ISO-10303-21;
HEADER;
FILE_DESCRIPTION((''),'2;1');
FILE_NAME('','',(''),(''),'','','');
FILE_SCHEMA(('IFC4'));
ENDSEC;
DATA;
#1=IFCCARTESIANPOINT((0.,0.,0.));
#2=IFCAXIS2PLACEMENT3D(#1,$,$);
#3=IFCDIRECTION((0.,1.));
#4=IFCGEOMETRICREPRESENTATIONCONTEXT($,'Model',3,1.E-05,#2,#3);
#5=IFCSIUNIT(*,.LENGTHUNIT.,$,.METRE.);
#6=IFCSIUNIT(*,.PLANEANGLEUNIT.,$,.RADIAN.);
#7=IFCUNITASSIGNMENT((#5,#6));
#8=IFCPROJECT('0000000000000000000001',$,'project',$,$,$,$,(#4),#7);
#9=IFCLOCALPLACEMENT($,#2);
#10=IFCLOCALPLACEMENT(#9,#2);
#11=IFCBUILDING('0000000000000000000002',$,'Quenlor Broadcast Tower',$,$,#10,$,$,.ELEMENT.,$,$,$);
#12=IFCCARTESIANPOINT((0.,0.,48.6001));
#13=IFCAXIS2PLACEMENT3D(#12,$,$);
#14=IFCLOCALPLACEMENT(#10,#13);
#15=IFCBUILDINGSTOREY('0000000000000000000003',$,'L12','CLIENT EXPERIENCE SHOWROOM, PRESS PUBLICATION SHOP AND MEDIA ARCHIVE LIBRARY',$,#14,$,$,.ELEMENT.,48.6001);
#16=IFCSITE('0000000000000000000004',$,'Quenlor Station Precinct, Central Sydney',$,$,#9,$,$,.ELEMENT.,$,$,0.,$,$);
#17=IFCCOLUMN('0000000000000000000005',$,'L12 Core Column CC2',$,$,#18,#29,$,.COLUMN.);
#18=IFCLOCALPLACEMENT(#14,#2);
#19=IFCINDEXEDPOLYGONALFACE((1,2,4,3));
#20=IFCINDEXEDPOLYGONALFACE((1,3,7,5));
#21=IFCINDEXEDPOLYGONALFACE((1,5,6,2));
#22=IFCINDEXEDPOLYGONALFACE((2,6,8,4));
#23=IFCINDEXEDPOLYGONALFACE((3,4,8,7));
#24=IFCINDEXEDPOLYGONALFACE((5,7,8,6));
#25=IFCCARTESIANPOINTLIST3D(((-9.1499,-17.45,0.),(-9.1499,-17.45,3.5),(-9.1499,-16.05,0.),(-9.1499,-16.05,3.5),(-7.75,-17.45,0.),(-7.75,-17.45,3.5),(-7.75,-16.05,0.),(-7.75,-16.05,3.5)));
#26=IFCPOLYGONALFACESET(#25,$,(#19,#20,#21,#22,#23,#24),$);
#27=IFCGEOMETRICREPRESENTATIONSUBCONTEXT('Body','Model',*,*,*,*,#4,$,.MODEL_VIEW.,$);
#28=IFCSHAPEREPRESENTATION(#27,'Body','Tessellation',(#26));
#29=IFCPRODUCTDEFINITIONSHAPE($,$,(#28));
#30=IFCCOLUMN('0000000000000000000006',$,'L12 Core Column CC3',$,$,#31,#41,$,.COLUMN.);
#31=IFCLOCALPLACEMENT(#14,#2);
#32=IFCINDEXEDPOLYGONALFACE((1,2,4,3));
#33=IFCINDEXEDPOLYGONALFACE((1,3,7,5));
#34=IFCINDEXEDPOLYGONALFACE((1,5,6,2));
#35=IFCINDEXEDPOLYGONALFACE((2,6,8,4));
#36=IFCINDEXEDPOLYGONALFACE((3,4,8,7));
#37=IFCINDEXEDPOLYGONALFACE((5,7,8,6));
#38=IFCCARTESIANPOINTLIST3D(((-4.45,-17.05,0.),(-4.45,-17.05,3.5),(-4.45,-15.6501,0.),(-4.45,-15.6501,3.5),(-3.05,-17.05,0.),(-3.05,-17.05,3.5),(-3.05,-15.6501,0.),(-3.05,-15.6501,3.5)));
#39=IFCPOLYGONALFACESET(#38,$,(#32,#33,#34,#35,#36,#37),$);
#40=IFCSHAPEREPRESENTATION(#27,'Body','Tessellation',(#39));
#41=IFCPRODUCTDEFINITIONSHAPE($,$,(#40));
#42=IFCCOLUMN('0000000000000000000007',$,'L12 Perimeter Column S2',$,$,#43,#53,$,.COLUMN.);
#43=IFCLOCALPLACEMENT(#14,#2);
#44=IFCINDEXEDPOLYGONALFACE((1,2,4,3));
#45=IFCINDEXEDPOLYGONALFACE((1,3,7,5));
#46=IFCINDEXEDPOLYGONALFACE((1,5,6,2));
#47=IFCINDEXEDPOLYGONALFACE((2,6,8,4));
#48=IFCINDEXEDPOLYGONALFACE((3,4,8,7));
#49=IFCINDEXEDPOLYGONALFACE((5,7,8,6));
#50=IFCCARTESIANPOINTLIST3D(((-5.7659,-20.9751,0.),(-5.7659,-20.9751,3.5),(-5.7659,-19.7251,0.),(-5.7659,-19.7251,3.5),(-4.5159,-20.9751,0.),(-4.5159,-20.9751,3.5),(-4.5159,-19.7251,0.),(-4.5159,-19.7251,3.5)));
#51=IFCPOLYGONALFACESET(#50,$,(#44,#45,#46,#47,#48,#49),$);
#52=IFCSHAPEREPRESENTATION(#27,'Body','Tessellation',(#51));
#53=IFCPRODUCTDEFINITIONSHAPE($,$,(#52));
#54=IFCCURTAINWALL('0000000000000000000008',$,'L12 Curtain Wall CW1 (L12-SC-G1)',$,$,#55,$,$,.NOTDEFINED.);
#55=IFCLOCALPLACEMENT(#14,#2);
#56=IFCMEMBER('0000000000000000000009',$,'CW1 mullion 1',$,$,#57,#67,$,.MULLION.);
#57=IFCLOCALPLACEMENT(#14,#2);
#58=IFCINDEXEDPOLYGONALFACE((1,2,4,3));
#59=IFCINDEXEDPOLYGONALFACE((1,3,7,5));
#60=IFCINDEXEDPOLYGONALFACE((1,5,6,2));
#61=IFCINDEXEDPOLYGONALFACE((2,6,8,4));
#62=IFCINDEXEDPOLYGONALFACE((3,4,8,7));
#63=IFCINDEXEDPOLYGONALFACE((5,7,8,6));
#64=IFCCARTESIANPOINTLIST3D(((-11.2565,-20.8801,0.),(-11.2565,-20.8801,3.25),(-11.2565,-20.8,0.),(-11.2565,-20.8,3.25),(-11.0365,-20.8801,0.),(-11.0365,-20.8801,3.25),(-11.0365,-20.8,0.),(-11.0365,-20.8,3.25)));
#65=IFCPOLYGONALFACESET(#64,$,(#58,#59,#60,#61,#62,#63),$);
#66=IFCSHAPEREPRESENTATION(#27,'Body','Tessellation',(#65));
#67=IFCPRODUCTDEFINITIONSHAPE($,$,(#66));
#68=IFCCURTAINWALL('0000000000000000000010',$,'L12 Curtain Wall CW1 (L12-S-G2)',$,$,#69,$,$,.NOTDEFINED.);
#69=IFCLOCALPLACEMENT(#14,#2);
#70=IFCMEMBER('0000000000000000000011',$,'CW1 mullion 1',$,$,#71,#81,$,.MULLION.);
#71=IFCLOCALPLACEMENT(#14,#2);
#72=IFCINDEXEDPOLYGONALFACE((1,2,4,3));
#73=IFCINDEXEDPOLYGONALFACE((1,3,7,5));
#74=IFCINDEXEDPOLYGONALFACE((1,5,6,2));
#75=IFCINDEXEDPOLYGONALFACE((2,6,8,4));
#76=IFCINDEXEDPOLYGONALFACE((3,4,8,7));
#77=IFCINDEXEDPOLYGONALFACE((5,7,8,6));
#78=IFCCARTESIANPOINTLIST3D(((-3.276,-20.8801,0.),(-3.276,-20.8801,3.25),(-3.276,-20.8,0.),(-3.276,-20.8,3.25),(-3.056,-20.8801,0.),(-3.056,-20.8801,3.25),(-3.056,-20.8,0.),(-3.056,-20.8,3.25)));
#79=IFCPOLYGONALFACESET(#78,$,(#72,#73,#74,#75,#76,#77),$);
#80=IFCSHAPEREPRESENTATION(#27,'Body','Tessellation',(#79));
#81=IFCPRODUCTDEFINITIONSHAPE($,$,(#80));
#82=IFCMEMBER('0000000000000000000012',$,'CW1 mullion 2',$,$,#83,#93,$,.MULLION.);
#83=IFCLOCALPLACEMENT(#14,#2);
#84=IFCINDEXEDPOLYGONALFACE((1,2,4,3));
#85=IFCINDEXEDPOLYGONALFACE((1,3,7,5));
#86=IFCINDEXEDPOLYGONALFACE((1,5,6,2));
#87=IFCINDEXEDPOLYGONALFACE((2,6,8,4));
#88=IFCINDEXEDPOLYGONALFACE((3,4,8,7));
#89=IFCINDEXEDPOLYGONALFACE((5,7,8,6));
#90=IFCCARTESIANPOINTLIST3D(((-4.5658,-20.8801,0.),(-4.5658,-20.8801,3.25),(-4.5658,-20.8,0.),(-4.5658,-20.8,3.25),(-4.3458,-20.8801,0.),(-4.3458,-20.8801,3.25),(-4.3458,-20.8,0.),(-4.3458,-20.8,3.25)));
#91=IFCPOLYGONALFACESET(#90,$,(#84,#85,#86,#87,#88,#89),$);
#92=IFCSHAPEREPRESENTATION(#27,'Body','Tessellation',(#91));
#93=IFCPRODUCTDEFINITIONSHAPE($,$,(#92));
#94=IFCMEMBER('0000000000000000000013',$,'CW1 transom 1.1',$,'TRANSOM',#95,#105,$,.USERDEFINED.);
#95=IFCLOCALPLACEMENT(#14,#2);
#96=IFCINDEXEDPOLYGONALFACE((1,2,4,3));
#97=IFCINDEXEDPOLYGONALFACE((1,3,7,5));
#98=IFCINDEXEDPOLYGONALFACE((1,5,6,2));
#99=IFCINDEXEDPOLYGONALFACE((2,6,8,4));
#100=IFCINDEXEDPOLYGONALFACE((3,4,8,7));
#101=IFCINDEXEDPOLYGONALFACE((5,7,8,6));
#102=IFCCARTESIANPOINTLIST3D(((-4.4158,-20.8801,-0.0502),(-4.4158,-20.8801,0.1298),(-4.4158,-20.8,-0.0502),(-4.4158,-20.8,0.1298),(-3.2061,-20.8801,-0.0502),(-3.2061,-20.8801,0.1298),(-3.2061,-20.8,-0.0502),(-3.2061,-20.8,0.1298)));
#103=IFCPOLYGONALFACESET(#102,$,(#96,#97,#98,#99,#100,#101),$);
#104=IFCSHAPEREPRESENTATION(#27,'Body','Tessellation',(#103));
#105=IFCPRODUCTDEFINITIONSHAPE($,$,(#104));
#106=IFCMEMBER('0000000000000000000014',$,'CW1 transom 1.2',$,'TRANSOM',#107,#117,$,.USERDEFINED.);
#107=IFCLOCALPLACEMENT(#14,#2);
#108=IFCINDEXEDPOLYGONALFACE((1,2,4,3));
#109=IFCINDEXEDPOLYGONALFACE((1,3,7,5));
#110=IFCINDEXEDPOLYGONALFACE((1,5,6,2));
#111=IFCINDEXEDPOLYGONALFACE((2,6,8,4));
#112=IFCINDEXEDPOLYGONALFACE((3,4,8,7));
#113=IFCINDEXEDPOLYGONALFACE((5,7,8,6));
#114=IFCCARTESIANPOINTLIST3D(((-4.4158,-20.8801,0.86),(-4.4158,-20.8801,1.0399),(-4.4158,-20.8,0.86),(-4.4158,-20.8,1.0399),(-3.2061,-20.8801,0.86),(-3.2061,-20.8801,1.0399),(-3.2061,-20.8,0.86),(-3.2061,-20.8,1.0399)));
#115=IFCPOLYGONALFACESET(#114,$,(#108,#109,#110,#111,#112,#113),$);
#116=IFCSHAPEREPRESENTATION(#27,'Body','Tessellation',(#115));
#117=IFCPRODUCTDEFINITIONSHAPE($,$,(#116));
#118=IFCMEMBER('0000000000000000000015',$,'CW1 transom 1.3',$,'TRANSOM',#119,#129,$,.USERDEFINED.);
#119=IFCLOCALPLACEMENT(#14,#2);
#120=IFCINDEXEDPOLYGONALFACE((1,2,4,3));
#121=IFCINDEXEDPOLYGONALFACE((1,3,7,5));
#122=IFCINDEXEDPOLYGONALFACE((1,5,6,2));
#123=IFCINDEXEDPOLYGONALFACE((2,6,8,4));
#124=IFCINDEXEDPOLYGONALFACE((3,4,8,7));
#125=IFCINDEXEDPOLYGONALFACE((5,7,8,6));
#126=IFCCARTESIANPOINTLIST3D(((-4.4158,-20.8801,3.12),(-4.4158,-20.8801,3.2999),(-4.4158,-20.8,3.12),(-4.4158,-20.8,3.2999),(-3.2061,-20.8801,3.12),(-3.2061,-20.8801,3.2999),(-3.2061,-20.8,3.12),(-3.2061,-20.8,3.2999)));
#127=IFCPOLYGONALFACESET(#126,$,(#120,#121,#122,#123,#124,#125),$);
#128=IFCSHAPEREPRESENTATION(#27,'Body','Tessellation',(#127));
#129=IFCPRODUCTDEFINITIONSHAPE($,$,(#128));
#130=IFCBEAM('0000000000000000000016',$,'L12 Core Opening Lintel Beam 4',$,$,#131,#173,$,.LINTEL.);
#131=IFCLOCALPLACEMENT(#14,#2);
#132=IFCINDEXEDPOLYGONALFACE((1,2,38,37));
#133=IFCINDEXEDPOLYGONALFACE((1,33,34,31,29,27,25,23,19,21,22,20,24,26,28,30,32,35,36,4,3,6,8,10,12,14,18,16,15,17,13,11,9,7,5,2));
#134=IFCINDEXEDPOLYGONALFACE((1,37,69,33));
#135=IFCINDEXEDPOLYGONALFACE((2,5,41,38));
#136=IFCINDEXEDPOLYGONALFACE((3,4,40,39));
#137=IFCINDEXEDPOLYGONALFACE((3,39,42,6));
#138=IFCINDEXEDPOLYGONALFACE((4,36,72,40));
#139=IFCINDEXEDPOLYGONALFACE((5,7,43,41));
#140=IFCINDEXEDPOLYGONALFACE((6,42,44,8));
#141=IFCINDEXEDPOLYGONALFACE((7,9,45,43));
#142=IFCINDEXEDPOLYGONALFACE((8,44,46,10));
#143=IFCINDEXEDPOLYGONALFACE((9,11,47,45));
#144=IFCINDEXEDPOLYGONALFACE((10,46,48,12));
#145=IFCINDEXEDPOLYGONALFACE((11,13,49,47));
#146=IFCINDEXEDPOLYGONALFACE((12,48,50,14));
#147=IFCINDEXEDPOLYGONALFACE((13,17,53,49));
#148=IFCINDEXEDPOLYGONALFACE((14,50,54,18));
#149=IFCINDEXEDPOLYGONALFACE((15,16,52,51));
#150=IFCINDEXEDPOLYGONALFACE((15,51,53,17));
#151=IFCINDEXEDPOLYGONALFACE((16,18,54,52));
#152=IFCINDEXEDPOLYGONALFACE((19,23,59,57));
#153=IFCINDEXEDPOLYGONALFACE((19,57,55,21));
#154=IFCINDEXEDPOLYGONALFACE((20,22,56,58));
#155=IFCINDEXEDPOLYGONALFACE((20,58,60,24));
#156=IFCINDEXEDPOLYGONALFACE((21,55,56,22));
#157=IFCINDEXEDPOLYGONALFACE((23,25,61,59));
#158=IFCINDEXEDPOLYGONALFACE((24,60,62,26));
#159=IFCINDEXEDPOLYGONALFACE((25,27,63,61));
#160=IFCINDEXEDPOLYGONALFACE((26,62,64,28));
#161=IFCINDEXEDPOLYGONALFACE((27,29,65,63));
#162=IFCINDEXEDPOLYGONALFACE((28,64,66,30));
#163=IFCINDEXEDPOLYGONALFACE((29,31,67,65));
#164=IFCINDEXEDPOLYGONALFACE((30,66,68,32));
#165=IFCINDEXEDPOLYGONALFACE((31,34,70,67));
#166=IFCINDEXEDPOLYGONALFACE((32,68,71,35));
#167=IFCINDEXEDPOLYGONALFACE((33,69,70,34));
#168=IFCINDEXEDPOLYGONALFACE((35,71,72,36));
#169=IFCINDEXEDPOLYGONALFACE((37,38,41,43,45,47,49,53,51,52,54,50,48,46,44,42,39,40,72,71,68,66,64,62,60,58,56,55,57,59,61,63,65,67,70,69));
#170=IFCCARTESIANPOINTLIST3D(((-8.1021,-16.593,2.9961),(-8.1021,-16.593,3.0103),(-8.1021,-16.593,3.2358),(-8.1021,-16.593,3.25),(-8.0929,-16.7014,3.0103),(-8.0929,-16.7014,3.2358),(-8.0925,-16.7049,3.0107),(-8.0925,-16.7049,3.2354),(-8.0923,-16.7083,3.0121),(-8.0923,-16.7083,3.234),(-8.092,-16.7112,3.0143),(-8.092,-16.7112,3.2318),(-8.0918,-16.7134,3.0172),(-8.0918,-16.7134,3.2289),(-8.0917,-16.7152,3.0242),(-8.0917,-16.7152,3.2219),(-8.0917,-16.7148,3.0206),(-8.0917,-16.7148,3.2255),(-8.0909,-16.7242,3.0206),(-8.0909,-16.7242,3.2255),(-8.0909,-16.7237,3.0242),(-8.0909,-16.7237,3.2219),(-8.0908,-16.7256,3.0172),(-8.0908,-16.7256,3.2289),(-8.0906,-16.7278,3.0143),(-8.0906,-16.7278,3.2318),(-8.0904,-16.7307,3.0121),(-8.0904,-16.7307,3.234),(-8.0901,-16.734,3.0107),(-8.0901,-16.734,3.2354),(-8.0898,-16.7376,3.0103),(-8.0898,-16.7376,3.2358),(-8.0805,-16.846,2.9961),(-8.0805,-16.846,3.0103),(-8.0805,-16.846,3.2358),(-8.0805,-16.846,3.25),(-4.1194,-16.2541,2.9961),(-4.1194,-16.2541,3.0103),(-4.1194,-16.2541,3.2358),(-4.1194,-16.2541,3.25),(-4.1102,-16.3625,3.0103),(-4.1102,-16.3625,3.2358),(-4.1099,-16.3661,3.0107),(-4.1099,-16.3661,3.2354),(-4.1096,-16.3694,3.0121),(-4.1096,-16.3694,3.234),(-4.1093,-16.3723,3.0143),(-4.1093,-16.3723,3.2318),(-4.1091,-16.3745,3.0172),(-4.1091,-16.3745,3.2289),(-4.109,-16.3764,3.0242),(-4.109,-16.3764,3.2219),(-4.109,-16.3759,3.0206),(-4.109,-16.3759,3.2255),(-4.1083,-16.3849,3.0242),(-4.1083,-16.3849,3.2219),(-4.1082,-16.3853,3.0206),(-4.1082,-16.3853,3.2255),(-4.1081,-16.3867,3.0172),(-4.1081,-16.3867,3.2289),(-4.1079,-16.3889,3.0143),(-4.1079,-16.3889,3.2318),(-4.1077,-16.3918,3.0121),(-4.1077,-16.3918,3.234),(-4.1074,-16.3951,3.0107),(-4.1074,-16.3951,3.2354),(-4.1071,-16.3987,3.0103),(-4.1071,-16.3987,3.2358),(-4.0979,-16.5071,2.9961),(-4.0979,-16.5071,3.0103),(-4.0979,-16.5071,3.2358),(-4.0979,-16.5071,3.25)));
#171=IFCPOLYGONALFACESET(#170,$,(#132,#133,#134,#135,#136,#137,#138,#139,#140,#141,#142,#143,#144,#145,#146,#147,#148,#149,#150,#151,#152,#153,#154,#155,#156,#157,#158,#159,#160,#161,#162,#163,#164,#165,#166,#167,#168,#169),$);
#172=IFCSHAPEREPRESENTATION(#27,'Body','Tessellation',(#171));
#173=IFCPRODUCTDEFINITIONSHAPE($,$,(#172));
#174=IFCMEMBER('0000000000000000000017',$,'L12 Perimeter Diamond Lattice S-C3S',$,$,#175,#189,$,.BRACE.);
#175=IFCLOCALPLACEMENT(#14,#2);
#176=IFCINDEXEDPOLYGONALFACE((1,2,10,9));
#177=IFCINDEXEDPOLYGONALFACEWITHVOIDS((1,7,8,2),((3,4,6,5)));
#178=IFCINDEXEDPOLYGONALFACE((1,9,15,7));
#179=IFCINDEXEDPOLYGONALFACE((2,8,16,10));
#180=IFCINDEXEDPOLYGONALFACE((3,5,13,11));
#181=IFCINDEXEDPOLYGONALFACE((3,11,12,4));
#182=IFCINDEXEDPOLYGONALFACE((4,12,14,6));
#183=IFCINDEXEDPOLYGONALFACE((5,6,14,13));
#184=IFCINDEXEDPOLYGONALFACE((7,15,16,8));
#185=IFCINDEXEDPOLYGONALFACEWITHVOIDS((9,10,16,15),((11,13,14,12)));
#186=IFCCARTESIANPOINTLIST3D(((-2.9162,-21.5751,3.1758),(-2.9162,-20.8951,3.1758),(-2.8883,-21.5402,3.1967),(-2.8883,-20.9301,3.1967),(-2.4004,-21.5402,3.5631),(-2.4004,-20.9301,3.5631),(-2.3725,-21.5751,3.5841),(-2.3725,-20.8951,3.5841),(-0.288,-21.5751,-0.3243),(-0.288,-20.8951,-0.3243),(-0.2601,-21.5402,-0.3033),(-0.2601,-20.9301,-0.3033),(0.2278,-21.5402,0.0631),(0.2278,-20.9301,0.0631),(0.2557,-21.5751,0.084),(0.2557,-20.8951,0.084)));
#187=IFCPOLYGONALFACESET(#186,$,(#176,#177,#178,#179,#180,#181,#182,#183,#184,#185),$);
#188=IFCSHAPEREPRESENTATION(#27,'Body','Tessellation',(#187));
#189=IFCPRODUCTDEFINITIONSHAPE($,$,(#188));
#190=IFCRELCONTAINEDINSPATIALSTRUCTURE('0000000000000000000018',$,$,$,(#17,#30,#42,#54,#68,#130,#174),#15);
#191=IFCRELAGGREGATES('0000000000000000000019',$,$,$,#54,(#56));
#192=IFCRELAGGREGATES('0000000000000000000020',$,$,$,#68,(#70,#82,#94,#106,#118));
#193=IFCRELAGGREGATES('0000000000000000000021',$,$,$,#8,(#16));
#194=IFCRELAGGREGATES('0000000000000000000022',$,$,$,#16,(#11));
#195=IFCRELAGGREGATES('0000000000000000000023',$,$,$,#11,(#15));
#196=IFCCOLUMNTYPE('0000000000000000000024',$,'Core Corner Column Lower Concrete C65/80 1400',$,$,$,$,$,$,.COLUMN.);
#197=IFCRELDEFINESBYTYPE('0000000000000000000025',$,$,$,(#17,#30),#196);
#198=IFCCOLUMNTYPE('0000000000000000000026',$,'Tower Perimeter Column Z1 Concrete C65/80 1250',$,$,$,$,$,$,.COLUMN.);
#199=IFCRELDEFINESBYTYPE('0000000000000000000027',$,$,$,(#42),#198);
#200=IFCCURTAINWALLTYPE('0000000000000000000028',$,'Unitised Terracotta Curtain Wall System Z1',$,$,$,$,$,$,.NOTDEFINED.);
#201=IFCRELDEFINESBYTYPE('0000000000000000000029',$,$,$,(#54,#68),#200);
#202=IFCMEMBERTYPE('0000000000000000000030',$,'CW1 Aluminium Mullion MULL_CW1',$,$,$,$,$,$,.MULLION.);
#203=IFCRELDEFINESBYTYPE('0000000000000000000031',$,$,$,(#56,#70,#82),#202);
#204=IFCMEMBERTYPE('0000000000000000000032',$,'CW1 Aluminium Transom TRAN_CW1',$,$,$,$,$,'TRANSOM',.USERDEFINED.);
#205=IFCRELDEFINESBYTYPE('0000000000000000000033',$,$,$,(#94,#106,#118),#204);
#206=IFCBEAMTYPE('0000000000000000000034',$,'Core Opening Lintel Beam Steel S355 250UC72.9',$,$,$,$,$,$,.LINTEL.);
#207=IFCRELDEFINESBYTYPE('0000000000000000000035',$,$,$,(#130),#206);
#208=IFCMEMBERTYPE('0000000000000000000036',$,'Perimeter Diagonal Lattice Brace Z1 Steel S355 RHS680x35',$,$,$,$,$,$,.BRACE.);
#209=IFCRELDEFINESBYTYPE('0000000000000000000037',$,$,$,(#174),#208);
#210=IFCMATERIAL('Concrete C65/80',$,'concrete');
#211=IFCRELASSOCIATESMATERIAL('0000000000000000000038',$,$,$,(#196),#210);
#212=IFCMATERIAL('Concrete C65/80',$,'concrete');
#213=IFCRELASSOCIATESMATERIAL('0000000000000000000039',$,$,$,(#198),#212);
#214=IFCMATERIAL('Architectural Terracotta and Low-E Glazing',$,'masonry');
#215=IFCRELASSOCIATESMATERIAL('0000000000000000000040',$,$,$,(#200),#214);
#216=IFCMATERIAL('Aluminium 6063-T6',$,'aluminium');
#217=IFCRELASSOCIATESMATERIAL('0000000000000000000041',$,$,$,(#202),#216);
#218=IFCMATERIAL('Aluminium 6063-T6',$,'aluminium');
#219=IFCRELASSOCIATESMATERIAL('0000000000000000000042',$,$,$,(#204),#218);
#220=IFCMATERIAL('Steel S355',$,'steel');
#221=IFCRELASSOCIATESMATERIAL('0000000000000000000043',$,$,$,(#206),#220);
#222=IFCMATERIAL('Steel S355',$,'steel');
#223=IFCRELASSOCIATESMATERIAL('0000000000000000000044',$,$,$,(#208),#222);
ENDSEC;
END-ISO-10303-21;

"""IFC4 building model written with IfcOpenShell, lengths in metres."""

from ifc_helpers import new_model, si_unit, direction, frame, origin, origin_2d, place, context, subcontext, project, spatial, rectangle, hollow_rectangle, i_section, extrude, material, material_profile, profile_set, type_object, element, aggregate, save


model = new_model("IFC4")

# Units and contexts
model_context = context("Model", 3, precision=1e-05, world=origin(), true_north=direction((0.0, 1.0)))
body_context = subcontext(model_context, "Body", "Model", "MODEL_VIEW")
ifc_project = project(units=[si_unit("LENGTHUNIT", "METRE"), si_unit("PLANEANGLEUNIT", "RADIAN")], contexts=[model_context])

# Site, building, storey
site_placement = place(None, origin())
site = spatial("IfcSite", under=ifc_project, at=site_placement, Name="Quenlor Station Precinct, Central Sydney", CompositionType="ELEMENT", RefElevation=0.0)
building_placement = place(site_placement, origin())
building = spatial("IfcBuilding", under=site, at=building_placement, Name="Quenlor Broadcast Tower", CompositionType="ELEMENT")
storey_placement = place(building_placement, frame((0.0, 0.0, 48.6001)))
storey = spatial("IfcBuildingStorey", under=building, at=storey_placement, Name="L12", Description="CLIENT EXPERIENCE SHOWROOM, PRESS PUBLICATION SHOP AND MEDIA ARCHIVE LIBRARY", CompositionType="ELEMENT", Elevation=48.6001)

# Columns
ifc_material_1 = material(Name="Concrete C65/80", Category="concrete")
ifc_material_profile_1 = material_profile(ifc_material_1, rectangle(XDim=1.3999, YDim=1.3999, at=origin_2d()))
ifc_profile_set_1 = profile_set([ifc_material_profile_1], Name="Concrete C65/80 RC1400x1400")
column_type_1 = type_object("IfcColumnType", Name="Core Corner Column Lower Concrete C65/80 1400", PredefinedType="COLUMN", material=ifc_profile_set_1)
for number, where, z_axis, x_axis, name in (
    (1, (-8.45, -16.75, 0.0), (0.0, 0.0, 1.0), (1.0, 0.0, 0.0), "L12 Core Column CC2"),
    (2, (-3.75, -16.3501, 0.0), (0.0, 0.0, 1.0), (1.0, 0.0, 0.0), "L12 Core Column CC3"),
):
    element("IfcColumn", number, at=place(storey_placement, frame(where, z_axis=z_axis, x_axis=x_axis)), inside=storey, type_object=column_type_1, Name=name, PredefinedType="COLUMN", context=body_context, shape_type="SweptSolid", body=[
        extrude(rectangle(XDim=1.3999, YDim=1.3999, at=origin_2d()), origin(), (0.0, 0.0, 1.0), 3.5),
    ])
ifc_material_2 = material(Name="Concrete C65/80", Category="concrete")
ifc_material_profile_2 = material_profile(ifc_material_2, rectangle(XDim=1.25, YDim=1.25, at=origin_2d()))
ifc_profile_set_2 = profile_set([ifc_material_profile_2], Name="Concrete C65/80 RC1250x1250")
column_type_2 = type_object("IfcColumnType", Name="Tower Perimeter Column Z1 Concrete C65/80 1250", PredefinedType="COLUMN", material=ifc_profile_set_2)
column_placement = place(storey_placement, frame((-5.1409, -20.3501, 0.0), z_axis=(0.0, 0.0, 1.0), x_axis=(0.0, 1.0, 0.0)))
element("IfcColumn", 3, at=column_placement, inside=storey, type_object=column_type_2, Name="L12 Perimeter Column S2", PredefinedType="COLUMN", context=body_context, shape_type="SweptSolid", body=[
    extrude(rectangle(XDim=1.25, YDim=1.25, at=origin_2d()), origin(), (0.0, 0.0, 1.0), 3.5),
])

# Curtain wall, member
ifc_material_3 = material(Name="Architectural Terracotta and Low-E Glazing", Category="masonry")
curtain_wall_type = type_object("IfcCurtainWallType", Name="Unitised Terracotta Curtain Wall System Z1", PredefinedType="NOTDEFINED", material=ifc_material_3)
curtain_wall_1_placement = place(storey_placement, origin())
curtain_wall_1 = element("IfcCurtainWall", 4, at=curtain_wall_1_placement, inside=storey, type_object=curtain_wall_type, Name="L12 Curtain Wall CW1 (L12-SC-G1)", PredefinedType="NOTDEFINED")
ifc_material_4 = material(Name="Aluminium 6063-T6", Category="aluminium")
ifc_material_profile_3 = material_profile(ifc_material_4, rectangle(XDim=0.0801, YDim=0.22, at=origin_2d()))
ifc_profile_set_3 = profile_set([ifc_material_profile_3], Name="Aluminium 6063-T6 MULL80x220")
member_type_1 = type_object("IfcMemberType", Name="CW1 Aluminium Mullion MULL_CW1", PredefinedType="MULLION", material=ifc_profile_set_3)
member_1_placement = place(storey_placement, frame((-11.1465, -20.8401, 0.0), z_axis=(0.0, 0.0, 1.0), x_axis=(0.0, -1.0, 0.0)))
member_1 = element("IfcMember", 5, at=member_1_placement, type_object=member_type_1, Name="CW1 mullion 1", PredefinedType="MULLION", context=body_context, shape_type="SweptSolid", body=[
    extrude(rectangle(XDim=0.0801, YDim=0.22, at=origin_2d()), origin(), (0.0, 0.0, 1.0), 3.25),
])
aggregate(curtain_wall_1, [member_1])

# Curtain wall, members
curtain_wall_2_placement = place(storey_placement, origin())
curtain_wall_2 = element("IfcCurtainWall", 6, at=curtain_wall_2_placement, inside=storey, type_object=curtain_wall_type, Name="L12 Curtain Wall CW1 (L12-S-G2)", PredefinedType="NOTDEFINED")
member_2_placement = place(storey_placement, frame((-3.166, -20.8401, 0.0), z_axis=(0.0, 0.0, 1.0), x_axis=(0.0, -1.0, 0.0)))
member_2 = element("IfcMember", 7, at=member_2_placement, type_object=member_type_1, Name="CW1 mullion 1", PredefinedType="MULLION", context=body_context, shape_type="SweptSolid", body=[
    extrude(rectangle(XDim=0.0801, YDim=0.22, at=origin_2d()), origin(), (0.0, 0.0, 1.0), 3.25),
])
member_3_placement = place(storey_placement, frame((-4.4558, -20.8401, 0.0), z_axis=(0.0, 0.0, 1.0), x_axis=(0.0, -1.0, 0.0)))
member_3 = element("IfcMember", 8, at=member_3_placement, type_object=member_type_1, Name="CW1 mullion 2", PredefinedType="MULLION", context=body_context, shape_type="SweptSolid", body=[
    extrude(rectangle(XDim=0.0801, YDim=0.22, at=origin_2d()), origin(), (0.0, 0.0, 1.0), 3.25),
])
ifc_material_5 = material(Name="Aluminium 6063-T6", Category="aluminium")
ifc_material_profile_4 = material_profile(ifc_material_5, rectangle(XDim=0.0801, YDim=0.1799, at=origin_2d()))
ifc_profile_set_4 = profile_set([ifc_material_profile_4], Name="Aluminium 6063-T6 TRAN80x180")
member_type_2 = type_object("IfcMemberType", Name="CW1 Aluminium Transom TRAN_CW1", ElementType="TRANSOM", PredefinedType="USERDEFINED", material=ifc_profile_set_4)
member_4_placement = place(storey_placement, frame((-3.2061, -20.8401, 0.0398), z_axis=(-1.0, 0.0, 0.0), x_axis=(0.0, -1.0, 0.0)))
member_4 = element("IfcMember", 9, at=member_4_placement, type_object=member_type_2, Name="CW1 transom 1.1", ObjectType="TRANSOM", PredefinedType="USERDEFINED", context=body_context, shape_type="SweptSolid", body=[
    extrude(rectangle(XDim=0.0801, YDim=0.1799, at=origin_2d()), origin(), (0.0, 0.0, 1.0), 1.2097),
])
member_5_placement = place(storey_placement, frame((-3.2061, -20.8401, 0.95), z_axis=(-1.0, 0.0, 0.0), x_axis=(0.0, -1.0, 0.0)))
member_5 = element("IfcMember", 10, at=member_5_placement, type_object=member_type_2, Name="CW1 transom 1.2", ObjectType="TRANSOM", PredefinedType="USERDEFINED", context=body_context, shape_type="SweptSolid", body=[
    extrude(rectangle(XDim=0.0801, YDim=0.1799, at=origin_2d()), origin(), (0.0, 0.0, 1.0), 1.2097),
])
member_6_placement = place(storey_placement, frame((-3.2061, -20.8401, 3.21), z_axis=(-1.0, 0.0, 0.0), x_axis=(0.0, -1.0, 0.0)))
member_6 = element("IfcMember", 11, at=member_6_placement, type_object=member_type_2, Name="CW1 transom 1.3", ObjectType="TRANSOM", PredefinedType="USERDEFINED", context=body_context, shape_type="SweptSolid", body=[
    extrude(rectangle(XDim=0.0801, YDim=0.1799, at=origin_2d()), origin(), (0.0, 0.0, 1.0), 1.2097),
])

# Beam
ifc_material_6 = material(Name="Steel S355", Category="steel")
ifc_material_profile_5 = material_profile(ifc_material_6, i_section(OverallWidth=0.2539, OverallDepth=0.2539, WebThickness=0.0085, FlangeThickness=0.0142, FilletRadius=0.0139, at=origin_2d()))
ifc_profile_set_5 = profile_set([ifc_material_profile_5], Name="Steel S355 250UC72.9")
beam_type_1 = type_object("IfcBeamType", Name="Core Opening Lintel Beam Steel S355 250UC72.9", PredefinedType="LINTEL", material=ifc_profile_set_5)
beam_1_placement = place(storey_placement, frame((-8.0913, -16.7195, 3.123), z_axis=(0.9964, 0.084779, 0.0), x_axis=(-0.084779, 0.9964, 0.0)))
element("IfcBeam", 12, at=beam_1_placement, inside=storey, type_object=beam_type_1, Name="L12 Core Opening Lintel Beam 4", PredefinedType="LINTEL", context=body_context, shape_type="SweptSolid", body=[
    extrude(i_section(OverallWidth=0.2539, OverallDepth=0.2539, WebThickness=0.0085, FlangeThickness=0.0142, FilletRadius=0.0139, at=origin_2d()), origin(), (0.0, 0.0, 1.0), 3.9971),
])

# Member
ifc_material_7 = material(Name="Steel S355", Category="steel")
ifc_material_profile_6 = material_profile(ifc_material_7, hollow_rectangle(XDim=0.6799, YDim=0.6799, WallThickness=0.0349, at=origin_2d()))
ifc_profile_set_6 = profile_set([ifc_material_profile_6], Name="Steel S355 RHS680x680x35")
member_type_3 = type_object("IfcMemberType", Name="Perimeter Diagonal Lattice Brace Z1 Steel S355 RHS680x35", PredefinedType="BRACE", material=ifc_profile_set_6)
for number, where, z_axis, x_axis, name in (
    (13, (-0.0161, -21.2351, -0.1201), (-0.600464, 0.0, 0.799652), (0.0, -1.0, 0.0), "L12 Perimeter Diamond Lattice S-C3S"),
):
    element("IfcMember", number, at=place(storey_placement, frame(where, z_axis=z_axis, x_axis=x_axis)), inside=storey, type_object=member_type_3, Name=name, PredefinedType="BRACE", context=body_context, shape_type="SweptSolid", body=[
        extrude(hollow_rectangle(XDim=0.6799, YDim=0.6799, WallThickness=0.0349, at=origin_2d()), origin(), (0.0, 0.0, 1.0), 4.377),
    ])

aggregate(curtain_wall_2, [member_2, member_3, member_4, member_5, member_6])

save(model, "model.ifc")
